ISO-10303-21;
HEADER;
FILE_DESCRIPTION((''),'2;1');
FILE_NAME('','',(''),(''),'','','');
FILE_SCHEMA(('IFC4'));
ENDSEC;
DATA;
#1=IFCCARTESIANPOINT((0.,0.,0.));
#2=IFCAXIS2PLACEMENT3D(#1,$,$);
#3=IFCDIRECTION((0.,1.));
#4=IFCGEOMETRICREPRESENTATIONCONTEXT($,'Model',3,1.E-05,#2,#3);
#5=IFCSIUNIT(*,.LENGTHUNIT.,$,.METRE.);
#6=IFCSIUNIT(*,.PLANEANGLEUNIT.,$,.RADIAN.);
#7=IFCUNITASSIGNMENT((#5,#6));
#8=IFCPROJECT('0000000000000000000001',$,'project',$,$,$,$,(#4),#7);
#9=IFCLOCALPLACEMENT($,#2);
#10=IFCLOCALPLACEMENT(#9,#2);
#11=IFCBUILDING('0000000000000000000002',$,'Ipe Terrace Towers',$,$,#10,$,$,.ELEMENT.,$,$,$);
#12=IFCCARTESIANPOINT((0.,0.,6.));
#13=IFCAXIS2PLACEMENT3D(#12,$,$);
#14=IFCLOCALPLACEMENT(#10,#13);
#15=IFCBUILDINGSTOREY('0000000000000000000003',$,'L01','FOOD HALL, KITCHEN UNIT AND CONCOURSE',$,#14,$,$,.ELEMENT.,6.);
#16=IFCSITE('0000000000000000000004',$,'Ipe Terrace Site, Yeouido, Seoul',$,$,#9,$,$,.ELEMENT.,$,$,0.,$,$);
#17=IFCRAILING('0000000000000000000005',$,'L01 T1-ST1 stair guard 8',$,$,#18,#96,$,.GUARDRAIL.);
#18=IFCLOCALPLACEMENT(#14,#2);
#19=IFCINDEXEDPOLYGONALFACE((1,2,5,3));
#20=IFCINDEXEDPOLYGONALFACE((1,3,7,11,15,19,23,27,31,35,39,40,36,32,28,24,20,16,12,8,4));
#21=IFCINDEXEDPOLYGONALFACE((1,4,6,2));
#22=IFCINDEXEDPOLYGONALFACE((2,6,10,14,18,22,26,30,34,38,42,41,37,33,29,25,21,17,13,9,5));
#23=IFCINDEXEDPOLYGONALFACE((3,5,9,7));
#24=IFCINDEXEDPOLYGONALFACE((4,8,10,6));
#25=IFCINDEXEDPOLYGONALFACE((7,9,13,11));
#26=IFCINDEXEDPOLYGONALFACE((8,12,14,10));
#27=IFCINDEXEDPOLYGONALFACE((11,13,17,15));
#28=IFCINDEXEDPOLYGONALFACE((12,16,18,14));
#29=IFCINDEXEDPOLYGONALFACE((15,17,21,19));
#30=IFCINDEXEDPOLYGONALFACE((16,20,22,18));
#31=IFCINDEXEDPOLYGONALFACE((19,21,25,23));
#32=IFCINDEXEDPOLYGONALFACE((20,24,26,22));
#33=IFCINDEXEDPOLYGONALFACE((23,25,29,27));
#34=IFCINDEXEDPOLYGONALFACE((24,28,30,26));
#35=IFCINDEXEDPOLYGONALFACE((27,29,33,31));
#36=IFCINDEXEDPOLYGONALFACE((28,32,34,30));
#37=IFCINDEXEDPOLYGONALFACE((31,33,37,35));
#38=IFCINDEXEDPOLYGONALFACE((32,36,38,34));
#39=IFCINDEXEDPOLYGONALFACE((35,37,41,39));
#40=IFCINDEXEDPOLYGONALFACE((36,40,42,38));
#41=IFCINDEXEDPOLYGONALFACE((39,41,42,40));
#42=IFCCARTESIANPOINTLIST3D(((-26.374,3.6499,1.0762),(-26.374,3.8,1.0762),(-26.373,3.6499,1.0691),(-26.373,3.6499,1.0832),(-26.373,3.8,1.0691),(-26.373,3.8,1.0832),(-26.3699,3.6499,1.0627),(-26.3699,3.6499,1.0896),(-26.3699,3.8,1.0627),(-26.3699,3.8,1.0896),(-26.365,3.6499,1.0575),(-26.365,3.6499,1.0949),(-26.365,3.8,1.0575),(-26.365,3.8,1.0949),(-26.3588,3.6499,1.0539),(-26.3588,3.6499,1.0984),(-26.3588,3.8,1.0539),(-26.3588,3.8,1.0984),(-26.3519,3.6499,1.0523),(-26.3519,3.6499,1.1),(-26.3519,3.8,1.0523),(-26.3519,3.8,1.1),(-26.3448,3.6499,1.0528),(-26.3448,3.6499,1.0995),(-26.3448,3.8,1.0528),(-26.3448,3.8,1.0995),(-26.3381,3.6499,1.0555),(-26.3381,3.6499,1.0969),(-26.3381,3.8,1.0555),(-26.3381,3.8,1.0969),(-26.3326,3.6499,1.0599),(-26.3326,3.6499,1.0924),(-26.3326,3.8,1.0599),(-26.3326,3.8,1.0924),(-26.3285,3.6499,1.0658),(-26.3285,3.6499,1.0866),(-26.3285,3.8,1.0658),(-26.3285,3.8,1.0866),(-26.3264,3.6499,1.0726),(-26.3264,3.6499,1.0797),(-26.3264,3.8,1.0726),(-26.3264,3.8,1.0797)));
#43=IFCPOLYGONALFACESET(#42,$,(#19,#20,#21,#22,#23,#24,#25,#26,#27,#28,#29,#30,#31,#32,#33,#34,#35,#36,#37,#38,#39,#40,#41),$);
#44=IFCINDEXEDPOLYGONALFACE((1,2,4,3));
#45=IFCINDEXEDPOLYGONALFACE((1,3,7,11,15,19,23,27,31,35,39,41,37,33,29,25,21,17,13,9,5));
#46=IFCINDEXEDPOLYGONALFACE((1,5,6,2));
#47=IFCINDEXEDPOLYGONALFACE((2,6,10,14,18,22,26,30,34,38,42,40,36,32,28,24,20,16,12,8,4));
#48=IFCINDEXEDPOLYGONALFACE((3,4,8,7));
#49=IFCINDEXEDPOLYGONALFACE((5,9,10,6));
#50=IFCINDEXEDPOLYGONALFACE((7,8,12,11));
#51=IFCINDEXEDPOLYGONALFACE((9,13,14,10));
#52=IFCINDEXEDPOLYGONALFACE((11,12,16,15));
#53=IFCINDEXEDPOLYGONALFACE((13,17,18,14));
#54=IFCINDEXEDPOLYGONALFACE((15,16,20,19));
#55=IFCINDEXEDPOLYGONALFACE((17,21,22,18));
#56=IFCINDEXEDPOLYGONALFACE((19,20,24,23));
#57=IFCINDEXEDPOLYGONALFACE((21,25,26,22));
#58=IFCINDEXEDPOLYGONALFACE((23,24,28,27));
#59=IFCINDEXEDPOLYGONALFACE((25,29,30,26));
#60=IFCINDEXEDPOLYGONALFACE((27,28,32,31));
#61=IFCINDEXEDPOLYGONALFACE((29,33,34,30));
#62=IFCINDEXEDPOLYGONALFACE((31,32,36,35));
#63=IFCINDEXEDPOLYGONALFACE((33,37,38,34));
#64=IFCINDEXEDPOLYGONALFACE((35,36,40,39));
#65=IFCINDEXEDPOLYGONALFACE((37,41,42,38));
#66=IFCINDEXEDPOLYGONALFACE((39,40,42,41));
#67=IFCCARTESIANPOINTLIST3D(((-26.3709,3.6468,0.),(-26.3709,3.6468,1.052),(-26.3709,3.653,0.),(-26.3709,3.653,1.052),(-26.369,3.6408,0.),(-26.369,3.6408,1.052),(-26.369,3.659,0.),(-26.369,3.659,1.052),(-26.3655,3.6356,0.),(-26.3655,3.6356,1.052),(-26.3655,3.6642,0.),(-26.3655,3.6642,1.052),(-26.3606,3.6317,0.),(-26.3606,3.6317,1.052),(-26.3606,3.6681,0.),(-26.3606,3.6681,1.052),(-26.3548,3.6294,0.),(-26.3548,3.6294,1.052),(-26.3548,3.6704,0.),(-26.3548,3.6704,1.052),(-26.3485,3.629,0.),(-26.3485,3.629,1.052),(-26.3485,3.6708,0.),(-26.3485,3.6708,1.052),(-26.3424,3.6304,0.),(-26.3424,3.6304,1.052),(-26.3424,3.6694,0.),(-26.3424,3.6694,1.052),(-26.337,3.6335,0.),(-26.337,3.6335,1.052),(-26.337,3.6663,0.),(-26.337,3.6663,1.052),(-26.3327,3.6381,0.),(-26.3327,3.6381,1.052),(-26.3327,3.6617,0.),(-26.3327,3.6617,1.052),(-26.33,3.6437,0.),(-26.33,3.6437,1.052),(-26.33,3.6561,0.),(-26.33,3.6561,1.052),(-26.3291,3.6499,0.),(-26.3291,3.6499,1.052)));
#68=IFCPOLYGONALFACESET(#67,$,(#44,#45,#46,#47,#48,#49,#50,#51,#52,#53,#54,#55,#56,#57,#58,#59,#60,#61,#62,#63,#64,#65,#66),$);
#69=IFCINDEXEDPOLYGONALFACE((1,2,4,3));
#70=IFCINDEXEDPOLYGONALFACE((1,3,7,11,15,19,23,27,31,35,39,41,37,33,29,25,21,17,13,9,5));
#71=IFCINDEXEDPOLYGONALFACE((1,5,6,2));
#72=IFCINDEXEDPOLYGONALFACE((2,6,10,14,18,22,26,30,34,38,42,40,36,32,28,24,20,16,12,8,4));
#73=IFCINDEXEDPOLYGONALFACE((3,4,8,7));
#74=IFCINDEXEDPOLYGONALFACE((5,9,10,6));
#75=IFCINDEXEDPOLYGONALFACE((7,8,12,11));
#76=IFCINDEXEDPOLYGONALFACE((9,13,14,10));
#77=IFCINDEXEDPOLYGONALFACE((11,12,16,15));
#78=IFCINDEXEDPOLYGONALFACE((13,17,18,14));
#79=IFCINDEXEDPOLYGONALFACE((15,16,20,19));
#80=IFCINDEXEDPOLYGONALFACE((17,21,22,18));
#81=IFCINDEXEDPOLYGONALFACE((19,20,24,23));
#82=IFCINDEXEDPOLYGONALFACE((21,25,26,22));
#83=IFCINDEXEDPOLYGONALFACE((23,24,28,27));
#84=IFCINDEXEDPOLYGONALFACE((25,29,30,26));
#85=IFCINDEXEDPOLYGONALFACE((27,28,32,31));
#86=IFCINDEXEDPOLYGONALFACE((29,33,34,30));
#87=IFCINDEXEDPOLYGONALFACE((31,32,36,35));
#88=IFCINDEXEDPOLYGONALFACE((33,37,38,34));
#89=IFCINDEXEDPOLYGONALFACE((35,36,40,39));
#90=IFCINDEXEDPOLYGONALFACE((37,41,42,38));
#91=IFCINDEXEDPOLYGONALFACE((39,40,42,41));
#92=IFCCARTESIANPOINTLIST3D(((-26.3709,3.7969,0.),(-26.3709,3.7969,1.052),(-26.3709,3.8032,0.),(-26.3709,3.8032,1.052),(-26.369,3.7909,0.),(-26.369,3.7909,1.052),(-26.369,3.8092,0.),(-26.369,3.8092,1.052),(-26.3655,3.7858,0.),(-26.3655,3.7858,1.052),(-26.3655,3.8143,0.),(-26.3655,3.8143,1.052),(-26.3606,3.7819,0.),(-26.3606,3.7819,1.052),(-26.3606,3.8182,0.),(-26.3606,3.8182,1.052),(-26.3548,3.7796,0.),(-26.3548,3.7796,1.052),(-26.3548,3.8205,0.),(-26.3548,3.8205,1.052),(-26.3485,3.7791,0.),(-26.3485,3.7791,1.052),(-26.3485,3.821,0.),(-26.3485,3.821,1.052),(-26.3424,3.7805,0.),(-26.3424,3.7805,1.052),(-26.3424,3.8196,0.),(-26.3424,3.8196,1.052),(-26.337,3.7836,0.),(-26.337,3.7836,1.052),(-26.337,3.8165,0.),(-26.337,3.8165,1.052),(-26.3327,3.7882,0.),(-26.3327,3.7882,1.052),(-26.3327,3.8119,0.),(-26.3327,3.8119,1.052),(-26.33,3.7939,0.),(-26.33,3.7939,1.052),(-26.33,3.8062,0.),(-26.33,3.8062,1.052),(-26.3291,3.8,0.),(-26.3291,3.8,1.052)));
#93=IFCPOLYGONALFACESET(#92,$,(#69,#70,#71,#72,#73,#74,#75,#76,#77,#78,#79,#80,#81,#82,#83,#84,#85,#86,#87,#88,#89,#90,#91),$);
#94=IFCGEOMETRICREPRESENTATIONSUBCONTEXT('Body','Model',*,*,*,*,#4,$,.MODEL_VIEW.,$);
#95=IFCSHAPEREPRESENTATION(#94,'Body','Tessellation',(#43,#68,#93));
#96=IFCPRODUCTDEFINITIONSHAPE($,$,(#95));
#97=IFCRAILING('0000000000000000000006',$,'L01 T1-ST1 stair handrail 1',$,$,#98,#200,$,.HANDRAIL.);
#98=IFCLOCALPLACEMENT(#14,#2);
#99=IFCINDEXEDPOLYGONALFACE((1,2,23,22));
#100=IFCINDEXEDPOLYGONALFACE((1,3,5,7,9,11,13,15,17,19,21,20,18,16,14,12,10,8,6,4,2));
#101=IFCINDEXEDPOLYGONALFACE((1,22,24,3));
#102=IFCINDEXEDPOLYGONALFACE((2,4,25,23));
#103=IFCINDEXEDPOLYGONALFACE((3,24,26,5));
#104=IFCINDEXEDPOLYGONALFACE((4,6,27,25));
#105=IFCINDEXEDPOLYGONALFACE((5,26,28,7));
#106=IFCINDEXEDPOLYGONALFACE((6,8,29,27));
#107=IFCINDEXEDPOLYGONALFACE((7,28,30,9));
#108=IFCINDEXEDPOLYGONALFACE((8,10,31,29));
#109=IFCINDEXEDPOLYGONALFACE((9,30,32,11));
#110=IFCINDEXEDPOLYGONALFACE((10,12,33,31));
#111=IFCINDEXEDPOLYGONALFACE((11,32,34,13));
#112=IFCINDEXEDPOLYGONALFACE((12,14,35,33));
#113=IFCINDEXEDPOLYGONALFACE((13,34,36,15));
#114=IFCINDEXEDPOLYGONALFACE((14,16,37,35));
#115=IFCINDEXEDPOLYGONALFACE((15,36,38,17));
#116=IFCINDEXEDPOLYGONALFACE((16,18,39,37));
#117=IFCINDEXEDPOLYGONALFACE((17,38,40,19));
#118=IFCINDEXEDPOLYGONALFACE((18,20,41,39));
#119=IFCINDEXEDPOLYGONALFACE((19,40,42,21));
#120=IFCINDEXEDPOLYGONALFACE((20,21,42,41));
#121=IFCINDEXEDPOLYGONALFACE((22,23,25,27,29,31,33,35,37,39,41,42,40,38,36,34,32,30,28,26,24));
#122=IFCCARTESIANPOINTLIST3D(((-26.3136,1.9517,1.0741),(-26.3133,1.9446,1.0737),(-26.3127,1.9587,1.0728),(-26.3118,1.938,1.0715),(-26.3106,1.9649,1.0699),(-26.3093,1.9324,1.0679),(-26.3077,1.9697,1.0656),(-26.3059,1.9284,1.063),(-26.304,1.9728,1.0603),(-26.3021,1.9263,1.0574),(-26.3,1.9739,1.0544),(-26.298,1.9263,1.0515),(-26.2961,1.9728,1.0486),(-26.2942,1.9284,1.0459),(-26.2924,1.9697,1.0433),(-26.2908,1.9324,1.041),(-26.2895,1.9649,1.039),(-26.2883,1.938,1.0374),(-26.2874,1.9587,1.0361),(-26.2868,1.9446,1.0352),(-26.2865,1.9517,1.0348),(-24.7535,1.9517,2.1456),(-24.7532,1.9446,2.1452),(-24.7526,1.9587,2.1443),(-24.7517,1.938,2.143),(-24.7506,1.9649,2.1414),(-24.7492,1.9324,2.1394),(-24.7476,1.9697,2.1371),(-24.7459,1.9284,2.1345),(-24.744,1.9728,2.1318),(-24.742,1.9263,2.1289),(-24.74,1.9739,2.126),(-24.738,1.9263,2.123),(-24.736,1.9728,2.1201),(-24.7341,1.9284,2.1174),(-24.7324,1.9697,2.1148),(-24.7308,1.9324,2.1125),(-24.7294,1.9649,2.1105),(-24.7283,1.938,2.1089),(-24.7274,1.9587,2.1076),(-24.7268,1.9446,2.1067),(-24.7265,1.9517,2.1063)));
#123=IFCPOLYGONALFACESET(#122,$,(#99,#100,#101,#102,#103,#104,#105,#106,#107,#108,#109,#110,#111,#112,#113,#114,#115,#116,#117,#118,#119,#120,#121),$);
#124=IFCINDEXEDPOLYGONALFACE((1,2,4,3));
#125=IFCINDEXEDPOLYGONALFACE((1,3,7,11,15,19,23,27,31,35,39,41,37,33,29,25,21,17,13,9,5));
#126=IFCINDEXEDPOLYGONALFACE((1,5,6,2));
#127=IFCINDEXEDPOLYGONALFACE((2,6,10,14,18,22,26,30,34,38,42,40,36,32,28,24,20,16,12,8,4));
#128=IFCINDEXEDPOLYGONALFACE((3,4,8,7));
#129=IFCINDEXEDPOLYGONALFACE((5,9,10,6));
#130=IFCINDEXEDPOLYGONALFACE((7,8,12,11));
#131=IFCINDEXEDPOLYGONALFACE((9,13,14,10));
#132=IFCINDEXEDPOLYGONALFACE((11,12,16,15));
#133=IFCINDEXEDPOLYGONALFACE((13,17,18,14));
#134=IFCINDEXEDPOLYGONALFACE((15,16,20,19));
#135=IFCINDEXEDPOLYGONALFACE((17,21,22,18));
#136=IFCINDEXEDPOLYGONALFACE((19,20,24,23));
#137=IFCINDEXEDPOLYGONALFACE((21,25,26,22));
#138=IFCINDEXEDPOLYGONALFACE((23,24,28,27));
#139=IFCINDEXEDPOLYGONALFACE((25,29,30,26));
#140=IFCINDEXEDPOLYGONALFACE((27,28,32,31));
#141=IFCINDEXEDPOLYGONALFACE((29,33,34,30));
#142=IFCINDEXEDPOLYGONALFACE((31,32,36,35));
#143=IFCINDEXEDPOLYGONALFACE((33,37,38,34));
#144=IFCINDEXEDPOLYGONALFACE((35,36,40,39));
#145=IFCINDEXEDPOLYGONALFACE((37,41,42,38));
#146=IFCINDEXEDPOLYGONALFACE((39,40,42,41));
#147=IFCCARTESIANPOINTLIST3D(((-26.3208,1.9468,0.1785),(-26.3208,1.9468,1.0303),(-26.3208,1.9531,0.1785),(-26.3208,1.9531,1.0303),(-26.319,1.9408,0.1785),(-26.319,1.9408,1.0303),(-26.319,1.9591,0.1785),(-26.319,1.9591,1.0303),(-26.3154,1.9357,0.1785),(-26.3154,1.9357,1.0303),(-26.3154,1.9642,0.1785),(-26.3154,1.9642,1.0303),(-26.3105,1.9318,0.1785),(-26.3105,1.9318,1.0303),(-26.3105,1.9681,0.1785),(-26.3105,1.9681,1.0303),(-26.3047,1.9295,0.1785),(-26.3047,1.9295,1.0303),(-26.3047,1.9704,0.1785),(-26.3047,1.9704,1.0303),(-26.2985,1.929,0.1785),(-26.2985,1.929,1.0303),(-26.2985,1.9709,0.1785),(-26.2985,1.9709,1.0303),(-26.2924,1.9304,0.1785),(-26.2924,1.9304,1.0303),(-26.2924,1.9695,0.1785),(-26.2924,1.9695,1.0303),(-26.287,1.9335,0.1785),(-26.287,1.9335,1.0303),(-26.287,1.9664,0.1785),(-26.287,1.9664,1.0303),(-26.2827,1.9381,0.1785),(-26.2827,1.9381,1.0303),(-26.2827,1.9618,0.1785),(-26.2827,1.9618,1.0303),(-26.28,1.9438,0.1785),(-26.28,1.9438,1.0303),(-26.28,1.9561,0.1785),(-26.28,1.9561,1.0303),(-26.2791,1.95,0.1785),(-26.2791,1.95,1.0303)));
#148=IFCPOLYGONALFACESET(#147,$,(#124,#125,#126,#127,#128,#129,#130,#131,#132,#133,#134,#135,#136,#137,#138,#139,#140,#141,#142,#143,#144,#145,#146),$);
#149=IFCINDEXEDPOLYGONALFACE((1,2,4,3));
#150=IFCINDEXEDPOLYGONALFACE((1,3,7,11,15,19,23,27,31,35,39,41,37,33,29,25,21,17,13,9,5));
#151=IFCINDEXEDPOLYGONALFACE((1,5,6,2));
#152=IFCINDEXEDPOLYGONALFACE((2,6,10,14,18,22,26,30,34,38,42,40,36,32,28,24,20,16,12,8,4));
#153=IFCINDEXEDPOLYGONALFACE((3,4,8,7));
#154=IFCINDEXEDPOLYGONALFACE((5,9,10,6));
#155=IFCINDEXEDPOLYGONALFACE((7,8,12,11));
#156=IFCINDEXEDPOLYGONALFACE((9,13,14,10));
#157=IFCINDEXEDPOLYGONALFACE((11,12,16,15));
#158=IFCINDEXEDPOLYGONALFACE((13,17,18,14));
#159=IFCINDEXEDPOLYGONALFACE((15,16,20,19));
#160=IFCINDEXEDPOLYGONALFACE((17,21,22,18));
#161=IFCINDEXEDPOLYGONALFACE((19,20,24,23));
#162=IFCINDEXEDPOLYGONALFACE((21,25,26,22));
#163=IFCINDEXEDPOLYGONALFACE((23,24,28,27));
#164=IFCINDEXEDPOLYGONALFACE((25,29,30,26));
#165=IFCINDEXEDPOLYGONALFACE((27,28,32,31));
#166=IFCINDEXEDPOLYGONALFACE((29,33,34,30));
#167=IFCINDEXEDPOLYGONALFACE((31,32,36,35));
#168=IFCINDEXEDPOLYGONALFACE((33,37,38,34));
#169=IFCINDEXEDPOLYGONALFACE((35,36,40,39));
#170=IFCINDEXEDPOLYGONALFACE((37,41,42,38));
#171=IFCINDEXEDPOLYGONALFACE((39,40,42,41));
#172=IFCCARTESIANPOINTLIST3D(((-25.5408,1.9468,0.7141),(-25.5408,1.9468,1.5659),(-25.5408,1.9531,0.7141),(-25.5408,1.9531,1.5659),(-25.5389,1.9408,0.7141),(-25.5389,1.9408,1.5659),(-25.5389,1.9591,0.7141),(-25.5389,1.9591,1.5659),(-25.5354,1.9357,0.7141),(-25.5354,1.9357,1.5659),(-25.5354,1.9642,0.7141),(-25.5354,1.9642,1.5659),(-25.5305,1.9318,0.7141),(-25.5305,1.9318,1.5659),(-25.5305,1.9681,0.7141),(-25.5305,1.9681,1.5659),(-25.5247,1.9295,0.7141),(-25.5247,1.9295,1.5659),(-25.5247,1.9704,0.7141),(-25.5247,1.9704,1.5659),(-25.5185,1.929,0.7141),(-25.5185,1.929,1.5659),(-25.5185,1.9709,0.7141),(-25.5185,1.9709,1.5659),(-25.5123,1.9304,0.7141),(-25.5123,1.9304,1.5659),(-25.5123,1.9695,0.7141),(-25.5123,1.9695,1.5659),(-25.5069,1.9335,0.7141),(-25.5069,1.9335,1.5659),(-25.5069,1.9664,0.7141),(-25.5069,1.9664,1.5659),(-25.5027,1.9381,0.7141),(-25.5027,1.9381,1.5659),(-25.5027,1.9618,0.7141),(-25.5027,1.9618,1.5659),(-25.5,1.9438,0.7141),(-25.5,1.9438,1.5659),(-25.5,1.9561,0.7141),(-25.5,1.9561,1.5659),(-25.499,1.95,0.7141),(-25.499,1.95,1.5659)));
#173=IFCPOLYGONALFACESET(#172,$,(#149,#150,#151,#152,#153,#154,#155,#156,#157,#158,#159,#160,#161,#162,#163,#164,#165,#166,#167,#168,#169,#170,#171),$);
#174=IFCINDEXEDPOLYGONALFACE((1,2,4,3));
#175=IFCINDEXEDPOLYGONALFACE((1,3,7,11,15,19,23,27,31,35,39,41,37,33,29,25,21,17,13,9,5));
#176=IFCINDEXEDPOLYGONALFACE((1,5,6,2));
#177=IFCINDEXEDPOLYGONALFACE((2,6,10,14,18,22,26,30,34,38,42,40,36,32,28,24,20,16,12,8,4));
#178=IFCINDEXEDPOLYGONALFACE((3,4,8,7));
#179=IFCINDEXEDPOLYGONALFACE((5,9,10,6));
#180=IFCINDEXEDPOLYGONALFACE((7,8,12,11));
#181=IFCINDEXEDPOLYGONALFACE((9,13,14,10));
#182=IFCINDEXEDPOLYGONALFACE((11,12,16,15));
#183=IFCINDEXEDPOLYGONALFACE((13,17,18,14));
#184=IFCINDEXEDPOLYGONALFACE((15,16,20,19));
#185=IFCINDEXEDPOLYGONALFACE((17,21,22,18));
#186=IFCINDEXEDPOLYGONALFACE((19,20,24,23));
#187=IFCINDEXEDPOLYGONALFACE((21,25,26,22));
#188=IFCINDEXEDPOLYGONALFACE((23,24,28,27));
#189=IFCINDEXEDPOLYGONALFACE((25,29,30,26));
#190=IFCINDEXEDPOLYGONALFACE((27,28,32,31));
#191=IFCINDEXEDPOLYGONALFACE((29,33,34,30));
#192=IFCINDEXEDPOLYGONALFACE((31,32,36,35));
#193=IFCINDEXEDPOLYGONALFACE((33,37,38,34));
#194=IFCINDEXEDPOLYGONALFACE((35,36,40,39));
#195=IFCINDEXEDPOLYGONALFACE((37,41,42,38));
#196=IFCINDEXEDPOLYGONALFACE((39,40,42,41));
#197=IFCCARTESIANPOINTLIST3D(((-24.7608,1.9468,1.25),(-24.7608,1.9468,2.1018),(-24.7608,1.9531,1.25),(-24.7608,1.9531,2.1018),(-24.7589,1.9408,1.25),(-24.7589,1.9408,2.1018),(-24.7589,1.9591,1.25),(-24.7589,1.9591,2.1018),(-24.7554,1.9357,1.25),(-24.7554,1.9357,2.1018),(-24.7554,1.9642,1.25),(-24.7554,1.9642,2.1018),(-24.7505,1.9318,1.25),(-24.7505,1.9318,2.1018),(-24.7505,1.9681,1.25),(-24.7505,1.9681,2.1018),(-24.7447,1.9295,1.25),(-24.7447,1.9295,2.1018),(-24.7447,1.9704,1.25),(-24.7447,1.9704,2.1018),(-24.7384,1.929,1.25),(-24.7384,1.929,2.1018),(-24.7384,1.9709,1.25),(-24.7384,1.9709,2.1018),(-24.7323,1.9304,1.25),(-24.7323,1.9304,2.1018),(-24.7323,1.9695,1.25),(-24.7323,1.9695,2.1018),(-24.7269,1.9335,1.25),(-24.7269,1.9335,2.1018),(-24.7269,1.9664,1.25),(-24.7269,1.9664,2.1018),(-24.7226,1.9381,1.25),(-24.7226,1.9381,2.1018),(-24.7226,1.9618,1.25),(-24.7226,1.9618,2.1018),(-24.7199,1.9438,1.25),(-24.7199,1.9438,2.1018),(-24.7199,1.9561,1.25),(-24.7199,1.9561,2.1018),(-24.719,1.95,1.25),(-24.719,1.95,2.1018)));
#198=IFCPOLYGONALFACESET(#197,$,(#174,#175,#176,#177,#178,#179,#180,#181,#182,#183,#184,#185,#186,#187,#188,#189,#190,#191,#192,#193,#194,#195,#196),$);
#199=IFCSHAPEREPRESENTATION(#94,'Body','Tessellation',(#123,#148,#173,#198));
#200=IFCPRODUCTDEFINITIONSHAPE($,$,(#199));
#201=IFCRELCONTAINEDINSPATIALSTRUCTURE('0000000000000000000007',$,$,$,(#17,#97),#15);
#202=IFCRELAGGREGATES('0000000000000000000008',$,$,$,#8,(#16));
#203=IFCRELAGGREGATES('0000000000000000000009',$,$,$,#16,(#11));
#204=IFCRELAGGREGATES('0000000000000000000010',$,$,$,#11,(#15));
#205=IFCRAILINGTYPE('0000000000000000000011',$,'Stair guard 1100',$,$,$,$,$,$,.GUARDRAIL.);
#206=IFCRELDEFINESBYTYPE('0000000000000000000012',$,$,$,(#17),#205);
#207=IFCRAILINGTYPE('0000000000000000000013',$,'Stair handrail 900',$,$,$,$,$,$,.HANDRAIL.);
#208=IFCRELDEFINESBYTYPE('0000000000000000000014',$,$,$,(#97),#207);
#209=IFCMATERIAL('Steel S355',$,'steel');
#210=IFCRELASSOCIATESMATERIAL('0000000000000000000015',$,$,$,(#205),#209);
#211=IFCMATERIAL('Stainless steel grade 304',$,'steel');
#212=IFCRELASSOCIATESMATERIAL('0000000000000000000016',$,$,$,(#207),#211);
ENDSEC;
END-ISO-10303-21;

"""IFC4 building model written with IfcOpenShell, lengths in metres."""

from ifc_helpers import new_model, si_unit, direction, frame, origin, origin_2d, place, context, subcontext, project, spatial, circle, extrude, material, type_object, element, save


model = new_model("IFC4")

# Units and contexts
model_context = context("Model", 3, precision=1e-05, world=origin(), true_north=direction((0.0, 1.0)))
body_context = subcontext(model_context, "Body", "Model", "MODEL_VIEW")
ifc_project = project(units=[si_unit("LENGTHUNIT", "METRE"), si_unit("PLANEANGLEUNIT", "RADIAN")], contexts=[model_context])

# Site, building, storey
site_placement = place(None, origin())
site = spatial("IfcSite", under=ifc_project, at=site_placement, Name="Ipe Terrace Site, Yeouido, Seoul", CompositionType="ELEMENT", RefElevation=0.0)
building_placement = place(site_placement, origin())
building = spatial("IfcBuilding", under=site, at=building_placement, Name="Ipe Terrace Towers", CompositionType="ELEMENT")
storey_placement = place(building_placement, frame((0.0, 0.0, 6.0)))
storey = spatial("IfcBuildingStorey", under=building, at=storey_placement, Name="L01", Description="FOOD HALL, KITCHEN UNIT AND CONCOURSE", CompositionType="ELEMENT", Elevation=6.0)

# Railings
ifc_material_1 = material(Name="Steel S355", Category="steel")
railing_type_1 = type_object("IfcRailingType", Name="Stair guard 1100", PredefinedType="GUARDRAIL", material=ifc_material_1)
railing_1_placement = place(storey_placement, frame((-26.3501, 3.6499, 0.0)))
element("IfcRailing", 1, at=railing_1_placement, inside=storey, type_object=railing_type_1, Name="L01 T1-ST1 stair guard 8", PredefinedType="GUARDRAIL", context=body_context, shape_type="SweptSolid", body=[
    extrude(circle(Radius=0.0239, at=origin_2d()), frame((0.0, 0.0, 1.0762), z_axis=(0.0, 1.0, 0.0), x_axis=(-1.0, 0.0, 0.0)), (0.0, 0.0, 1.0), 0.1501),
    extrude(circle(Radius=0.021, at=origin_2d()), origin(), (0.0, 0.0, 1.0), 1.052),
    extrude(circle(Radius=0.021, at=origin_2d()), frame((0.0, 0.1501, 0.0)), (0.0, 0.0, 1.0), 1.052),
])
ifc_material_2 = material(Name="Stainless steel grade 304", Category="steel")
railing_type_2 = type_object("IfcRailingType", Name="Stair handrail 900", PredefinedType="HANDRAIL", material=ifc_material_2)
railing_2_placement = place(storey_placement, frame((-26.3, 1.95, 0.1785)))
element("IfcRailing", 2, at=railing_2_placement, inside=storey, type_object=railing_type_2, Name="L01 T1-ST1 stair handrail 1", PredefinedType="HANDRAIL", context=body_context, shape_type="SweptSolid", body=[
    extrude(circle(Radius=0.0239, at=origin_2d()), frame((0.0, 0.0, 0.876), z_axis=(0.82429, 0.0, 0.566167), x_axis=(0.0, 1.0, 0.0)), (0.0, 0.0, 1.0), 1.8926),
    extrude(circle(Radius=0.021, at=origin_2d()), origin(), (0.0, 0.0, 1.0), 0.8518),
    extrude(circle(Radius=0.021, at=origin_2d()), frame((0.78, 0.0, 0.5356)), (0.0, 0.0, 1.0), 0.8518),
    extrude(circle(Radius=0.021, at=origin_2d()), frame((1.5601, 0.0, 1.0715)), (0.0, 0.0, 1.0), 0.8518),
])

save(model, "model.ifc")
